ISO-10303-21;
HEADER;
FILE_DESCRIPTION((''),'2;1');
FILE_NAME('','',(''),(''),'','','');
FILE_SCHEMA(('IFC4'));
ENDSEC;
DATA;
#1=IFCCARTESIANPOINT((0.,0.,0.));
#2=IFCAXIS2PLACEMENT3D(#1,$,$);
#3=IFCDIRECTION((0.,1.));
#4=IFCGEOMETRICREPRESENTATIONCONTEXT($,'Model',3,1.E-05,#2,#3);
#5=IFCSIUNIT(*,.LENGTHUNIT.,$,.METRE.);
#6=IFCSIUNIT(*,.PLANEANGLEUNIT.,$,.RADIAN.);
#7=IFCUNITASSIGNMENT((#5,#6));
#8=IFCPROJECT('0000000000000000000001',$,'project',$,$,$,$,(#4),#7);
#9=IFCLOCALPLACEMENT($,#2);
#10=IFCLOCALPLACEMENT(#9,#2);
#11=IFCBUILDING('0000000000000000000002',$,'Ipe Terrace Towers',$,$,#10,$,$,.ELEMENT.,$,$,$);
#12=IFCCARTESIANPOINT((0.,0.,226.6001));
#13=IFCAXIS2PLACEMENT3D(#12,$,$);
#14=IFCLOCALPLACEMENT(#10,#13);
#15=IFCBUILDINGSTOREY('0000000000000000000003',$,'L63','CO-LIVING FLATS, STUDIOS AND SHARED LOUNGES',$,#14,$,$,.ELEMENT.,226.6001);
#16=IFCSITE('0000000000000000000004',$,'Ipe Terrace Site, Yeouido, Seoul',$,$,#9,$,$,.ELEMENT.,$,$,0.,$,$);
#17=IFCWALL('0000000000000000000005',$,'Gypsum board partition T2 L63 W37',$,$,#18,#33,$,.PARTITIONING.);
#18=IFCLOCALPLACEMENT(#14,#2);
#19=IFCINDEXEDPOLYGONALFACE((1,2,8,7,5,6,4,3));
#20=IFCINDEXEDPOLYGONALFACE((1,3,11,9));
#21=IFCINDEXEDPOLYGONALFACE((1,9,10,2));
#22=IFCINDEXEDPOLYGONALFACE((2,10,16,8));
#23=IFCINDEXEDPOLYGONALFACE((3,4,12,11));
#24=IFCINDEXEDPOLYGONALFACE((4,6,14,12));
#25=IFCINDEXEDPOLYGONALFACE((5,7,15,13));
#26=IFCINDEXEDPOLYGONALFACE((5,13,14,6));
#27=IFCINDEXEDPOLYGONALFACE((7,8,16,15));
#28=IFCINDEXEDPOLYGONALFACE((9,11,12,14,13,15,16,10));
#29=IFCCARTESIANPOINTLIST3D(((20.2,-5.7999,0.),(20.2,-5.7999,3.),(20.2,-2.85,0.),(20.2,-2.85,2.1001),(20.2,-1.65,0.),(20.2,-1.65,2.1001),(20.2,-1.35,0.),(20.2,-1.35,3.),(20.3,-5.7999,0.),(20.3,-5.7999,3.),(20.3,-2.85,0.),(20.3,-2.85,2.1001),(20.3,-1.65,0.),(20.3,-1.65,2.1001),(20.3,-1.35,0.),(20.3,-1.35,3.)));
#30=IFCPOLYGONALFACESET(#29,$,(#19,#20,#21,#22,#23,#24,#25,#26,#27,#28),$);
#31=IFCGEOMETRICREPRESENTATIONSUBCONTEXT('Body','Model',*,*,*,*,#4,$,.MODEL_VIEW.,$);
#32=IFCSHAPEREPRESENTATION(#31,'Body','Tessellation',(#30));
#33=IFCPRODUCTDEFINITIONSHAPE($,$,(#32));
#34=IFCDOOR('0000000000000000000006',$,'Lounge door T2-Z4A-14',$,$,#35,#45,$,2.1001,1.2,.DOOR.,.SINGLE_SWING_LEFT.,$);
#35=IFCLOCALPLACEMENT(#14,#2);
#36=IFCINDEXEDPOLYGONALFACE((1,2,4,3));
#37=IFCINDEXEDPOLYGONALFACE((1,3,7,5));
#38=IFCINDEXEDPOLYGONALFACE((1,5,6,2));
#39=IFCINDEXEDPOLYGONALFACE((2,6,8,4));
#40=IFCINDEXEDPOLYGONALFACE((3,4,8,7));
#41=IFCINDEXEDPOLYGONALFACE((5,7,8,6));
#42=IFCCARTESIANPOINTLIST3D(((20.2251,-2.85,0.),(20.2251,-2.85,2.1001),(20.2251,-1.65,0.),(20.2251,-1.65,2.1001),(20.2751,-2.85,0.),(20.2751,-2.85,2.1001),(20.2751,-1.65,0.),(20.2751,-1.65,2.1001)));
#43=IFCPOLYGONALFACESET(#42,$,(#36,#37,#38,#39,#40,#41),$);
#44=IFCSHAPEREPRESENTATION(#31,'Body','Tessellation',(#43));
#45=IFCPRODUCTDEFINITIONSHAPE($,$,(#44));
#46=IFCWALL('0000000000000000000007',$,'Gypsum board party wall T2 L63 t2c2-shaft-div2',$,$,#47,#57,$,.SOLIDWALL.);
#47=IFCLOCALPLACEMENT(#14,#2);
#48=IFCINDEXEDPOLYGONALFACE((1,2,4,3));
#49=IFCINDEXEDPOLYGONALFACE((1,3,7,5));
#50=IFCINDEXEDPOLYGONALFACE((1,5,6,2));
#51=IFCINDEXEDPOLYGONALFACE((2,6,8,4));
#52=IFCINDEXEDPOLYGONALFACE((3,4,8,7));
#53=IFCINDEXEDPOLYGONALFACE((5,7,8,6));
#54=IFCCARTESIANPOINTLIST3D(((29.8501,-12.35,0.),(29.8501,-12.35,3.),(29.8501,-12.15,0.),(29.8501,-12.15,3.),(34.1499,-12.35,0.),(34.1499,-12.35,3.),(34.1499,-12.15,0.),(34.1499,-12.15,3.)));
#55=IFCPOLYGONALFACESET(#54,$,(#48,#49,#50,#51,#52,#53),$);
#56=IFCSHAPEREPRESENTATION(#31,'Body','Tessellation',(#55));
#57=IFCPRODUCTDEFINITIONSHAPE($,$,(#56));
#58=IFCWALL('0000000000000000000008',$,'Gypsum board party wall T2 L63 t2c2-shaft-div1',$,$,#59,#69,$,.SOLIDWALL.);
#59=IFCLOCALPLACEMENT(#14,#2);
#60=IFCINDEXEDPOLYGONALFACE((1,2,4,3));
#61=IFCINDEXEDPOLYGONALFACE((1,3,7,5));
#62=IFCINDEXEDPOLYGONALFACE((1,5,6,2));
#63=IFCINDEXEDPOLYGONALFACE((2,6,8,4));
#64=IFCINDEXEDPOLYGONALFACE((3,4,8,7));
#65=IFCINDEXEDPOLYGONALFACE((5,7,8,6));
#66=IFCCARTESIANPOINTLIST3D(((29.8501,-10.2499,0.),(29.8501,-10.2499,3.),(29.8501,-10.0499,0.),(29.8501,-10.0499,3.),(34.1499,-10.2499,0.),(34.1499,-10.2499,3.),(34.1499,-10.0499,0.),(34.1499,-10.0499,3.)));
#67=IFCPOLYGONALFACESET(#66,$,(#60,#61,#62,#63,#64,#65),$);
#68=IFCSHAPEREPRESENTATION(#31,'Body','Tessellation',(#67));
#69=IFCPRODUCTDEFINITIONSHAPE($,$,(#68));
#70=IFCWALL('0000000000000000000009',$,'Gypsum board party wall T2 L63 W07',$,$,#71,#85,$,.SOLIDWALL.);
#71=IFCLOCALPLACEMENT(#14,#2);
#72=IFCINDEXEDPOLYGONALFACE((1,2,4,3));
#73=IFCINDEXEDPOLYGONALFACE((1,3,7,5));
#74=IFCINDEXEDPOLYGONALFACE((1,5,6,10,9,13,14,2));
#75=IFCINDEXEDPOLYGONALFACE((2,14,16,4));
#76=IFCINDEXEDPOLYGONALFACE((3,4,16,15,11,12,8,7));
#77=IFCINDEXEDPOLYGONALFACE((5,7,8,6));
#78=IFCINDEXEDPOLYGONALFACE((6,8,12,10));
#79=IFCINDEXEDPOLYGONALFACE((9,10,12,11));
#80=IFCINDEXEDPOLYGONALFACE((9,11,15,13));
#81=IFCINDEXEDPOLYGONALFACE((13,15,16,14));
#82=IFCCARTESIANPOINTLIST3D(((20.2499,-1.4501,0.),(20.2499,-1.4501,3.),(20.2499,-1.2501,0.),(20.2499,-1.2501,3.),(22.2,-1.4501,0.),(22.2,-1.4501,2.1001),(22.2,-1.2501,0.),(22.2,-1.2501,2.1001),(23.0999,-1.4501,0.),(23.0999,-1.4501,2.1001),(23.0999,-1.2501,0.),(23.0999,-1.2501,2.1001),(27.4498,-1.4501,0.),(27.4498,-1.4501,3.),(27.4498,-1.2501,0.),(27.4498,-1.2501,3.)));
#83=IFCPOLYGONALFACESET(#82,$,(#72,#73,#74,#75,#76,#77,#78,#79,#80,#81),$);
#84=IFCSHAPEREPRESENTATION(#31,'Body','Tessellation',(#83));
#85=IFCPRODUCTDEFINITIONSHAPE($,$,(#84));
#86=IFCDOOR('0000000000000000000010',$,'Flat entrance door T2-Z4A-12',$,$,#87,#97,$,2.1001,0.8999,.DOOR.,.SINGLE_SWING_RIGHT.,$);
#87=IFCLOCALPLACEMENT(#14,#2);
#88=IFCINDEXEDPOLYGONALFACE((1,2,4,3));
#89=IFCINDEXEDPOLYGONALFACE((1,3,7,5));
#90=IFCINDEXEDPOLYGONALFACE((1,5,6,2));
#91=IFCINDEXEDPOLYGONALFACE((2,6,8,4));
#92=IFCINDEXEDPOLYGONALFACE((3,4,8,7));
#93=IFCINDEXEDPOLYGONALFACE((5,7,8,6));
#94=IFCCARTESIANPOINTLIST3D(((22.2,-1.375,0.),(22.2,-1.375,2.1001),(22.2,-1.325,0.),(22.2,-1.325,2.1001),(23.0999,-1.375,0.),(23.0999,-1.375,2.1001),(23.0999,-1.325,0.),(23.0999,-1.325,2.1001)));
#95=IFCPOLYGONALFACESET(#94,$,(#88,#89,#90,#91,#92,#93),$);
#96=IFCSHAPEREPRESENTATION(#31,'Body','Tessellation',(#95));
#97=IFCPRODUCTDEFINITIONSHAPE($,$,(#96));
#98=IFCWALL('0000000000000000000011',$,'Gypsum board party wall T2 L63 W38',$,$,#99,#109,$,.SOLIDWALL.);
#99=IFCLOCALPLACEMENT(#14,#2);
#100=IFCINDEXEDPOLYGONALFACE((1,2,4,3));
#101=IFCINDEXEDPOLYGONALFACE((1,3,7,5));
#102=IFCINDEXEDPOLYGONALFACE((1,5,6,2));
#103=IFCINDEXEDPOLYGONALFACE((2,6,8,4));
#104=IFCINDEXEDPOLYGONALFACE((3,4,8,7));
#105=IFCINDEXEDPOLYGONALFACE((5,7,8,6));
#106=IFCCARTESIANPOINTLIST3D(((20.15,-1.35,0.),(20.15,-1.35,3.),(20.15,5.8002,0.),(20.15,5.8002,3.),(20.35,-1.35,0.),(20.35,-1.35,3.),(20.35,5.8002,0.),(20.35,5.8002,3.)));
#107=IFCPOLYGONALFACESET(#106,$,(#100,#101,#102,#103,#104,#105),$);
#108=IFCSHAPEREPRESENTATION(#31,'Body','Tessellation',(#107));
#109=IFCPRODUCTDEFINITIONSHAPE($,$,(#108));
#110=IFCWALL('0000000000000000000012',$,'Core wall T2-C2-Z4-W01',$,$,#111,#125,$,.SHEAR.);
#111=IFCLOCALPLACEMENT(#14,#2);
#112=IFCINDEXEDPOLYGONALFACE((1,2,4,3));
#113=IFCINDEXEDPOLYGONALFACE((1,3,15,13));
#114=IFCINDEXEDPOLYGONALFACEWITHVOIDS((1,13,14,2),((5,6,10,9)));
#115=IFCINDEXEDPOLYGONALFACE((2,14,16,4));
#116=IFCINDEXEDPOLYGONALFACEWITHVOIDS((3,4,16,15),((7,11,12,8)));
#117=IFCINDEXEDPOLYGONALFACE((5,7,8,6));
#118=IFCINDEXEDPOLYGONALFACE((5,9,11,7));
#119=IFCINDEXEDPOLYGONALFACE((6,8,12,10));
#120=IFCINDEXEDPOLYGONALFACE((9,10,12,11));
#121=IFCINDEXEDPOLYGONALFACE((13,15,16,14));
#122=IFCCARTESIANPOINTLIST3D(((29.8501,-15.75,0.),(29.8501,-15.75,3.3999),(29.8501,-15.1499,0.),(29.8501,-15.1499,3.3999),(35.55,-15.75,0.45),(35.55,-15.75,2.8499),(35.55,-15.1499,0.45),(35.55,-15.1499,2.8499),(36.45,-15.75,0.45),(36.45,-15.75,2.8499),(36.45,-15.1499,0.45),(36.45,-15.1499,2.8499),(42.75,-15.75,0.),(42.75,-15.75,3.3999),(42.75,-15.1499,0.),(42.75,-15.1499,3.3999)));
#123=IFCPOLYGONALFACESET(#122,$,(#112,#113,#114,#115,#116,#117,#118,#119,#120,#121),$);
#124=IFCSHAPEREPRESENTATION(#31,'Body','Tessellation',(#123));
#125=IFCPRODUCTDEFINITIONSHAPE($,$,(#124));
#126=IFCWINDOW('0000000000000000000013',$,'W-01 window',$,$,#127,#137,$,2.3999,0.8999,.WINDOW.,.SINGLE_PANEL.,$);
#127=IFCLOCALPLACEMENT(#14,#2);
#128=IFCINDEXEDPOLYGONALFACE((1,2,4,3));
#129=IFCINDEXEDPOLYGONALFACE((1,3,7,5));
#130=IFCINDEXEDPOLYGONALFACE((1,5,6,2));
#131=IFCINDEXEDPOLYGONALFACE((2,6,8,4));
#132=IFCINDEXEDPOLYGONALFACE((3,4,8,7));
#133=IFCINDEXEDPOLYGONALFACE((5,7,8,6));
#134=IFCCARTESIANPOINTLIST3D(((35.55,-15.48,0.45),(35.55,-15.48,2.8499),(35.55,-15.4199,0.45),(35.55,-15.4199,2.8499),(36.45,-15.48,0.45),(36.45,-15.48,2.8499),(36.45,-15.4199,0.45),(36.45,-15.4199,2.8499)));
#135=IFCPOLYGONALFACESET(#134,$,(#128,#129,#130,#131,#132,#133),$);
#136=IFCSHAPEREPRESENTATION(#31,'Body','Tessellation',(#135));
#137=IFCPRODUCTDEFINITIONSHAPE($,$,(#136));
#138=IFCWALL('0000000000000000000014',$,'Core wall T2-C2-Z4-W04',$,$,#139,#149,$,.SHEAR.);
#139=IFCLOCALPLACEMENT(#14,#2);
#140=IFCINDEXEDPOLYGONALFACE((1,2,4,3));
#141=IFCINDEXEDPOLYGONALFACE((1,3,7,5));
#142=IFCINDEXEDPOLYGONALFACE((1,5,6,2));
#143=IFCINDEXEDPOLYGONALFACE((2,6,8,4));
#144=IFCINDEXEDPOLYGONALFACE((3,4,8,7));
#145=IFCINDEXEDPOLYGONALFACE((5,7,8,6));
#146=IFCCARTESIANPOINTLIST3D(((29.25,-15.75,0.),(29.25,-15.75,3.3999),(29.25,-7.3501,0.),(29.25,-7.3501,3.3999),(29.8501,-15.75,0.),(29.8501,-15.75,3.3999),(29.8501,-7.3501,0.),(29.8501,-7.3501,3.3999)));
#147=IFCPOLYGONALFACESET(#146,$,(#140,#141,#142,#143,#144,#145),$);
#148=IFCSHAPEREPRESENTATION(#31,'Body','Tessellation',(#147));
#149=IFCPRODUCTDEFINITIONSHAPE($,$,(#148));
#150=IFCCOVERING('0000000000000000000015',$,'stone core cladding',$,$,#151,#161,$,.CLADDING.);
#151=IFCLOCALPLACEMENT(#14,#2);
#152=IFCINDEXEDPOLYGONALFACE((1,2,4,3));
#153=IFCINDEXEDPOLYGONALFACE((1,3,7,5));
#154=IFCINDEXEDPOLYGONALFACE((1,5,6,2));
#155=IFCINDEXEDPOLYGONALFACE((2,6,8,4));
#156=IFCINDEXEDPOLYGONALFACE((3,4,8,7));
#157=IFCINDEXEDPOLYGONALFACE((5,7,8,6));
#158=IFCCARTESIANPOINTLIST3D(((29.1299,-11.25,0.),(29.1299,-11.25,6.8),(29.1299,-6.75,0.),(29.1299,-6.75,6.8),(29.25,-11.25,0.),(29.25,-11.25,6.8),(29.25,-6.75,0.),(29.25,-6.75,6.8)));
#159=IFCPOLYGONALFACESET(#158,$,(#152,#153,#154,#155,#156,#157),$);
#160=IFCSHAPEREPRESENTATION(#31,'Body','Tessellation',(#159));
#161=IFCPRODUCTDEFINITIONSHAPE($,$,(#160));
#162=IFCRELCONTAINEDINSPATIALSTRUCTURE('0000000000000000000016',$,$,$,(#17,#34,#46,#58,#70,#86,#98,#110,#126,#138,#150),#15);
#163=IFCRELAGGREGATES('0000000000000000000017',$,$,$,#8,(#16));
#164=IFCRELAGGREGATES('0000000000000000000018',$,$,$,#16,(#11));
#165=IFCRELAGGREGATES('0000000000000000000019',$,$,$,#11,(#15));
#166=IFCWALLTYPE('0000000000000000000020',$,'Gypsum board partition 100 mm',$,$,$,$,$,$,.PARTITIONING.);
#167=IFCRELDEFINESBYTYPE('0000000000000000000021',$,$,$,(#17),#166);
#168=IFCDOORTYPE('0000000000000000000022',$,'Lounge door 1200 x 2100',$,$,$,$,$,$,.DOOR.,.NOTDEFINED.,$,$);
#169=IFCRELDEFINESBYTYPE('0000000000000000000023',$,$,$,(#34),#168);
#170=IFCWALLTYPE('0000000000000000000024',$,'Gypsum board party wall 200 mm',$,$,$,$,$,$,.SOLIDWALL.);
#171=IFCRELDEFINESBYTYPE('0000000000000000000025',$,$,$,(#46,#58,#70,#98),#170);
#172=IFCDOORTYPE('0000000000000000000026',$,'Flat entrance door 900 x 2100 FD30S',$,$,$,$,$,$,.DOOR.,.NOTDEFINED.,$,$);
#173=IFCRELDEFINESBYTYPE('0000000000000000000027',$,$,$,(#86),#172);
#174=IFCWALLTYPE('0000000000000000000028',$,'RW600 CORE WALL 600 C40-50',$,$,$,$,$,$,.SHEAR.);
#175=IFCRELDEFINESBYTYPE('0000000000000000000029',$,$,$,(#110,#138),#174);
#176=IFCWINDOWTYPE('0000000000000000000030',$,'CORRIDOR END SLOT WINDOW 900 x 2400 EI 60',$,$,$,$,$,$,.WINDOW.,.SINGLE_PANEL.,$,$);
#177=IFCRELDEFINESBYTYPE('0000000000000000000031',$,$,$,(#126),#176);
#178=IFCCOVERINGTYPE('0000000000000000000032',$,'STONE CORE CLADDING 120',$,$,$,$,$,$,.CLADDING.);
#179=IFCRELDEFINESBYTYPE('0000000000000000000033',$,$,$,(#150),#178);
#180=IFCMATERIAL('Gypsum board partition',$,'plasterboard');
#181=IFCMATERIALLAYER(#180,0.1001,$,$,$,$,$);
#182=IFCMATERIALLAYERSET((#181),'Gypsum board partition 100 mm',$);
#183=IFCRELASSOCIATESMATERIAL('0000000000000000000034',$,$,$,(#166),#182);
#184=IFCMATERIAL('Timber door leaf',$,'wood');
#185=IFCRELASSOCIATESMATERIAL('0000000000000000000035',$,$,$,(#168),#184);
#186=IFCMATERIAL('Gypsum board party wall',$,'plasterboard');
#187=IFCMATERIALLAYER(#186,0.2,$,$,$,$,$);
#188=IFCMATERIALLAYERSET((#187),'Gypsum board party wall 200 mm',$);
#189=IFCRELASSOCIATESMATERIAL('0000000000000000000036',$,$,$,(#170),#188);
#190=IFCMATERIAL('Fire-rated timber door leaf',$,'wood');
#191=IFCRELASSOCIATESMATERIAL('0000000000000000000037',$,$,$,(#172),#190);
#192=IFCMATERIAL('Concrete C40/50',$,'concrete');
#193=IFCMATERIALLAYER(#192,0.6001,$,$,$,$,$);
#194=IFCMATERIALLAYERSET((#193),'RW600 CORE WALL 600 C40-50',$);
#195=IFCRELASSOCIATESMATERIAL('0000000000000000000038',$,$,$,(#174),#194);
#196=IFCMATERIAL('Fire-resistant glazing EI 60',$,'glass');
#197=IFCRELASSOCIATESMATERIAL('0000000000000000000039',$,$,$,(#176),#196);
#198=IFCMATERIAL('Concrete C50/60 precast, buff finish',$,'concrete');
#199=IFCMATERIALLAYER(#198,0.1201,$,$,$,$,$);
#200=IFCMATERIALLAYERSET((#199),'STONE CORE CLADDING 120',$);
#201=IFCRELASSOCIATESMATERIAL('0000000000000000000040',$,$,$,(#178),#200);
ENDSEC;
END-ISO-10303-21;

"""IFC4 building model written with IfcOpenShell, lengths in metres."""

from ifc_helpers import new_model, si_unit, direction, frame, frame_2d, origin, origin_2d, place, context, subcontext, project, spatial, rectangle, extrude, material, layer, layer_set, type_object, element, fill, save


model = new_model("IFC4")

# Units and contexts
model_context = context("Model", 3, precision=1e-05, world=origin(), true_north=direction((0.0, 1.0)))
body_context = subcontext(model_context, "Body", "Model", "MODEL_VIEW")
ifc_project = project(units=[si_unit("LENGTHUNIT", "METRE"), si_unit("PLANEANGLEUNIT", "RADIAN")], contexts=[model_context])

# Site, building, storey
site_placement = place(None, origin())
site = spatial("IfcSite", under=ifc_project, at=site_placement, Name="Ipe Terrace Site, Yeouido, Seoul", CompositionType="ELEMENT", RefElevation=0.0)
building_placement = place(site_placement, origin())
building = spatial("IfcBuilding", under=site, at=building_placement, Name="Ipe Terrace Towers", CompositionType="ELEMENT")
storey_placement = place(building_placement, frame((0.0, 0.0, 226.6001)))
storey = spatial("IfcBuildingStorey", under=building, at=storey_placement, Name="L63", Description="CO-LIVING FLATS, STUDIOS AND SHARED LOUNGES", CompositionType="ELEMENT", Elevation=226.6001)

# Shared definitions
ifc_material_1 = material(Name="Gypsum board partition", Category="plasterboard")
ifc_layer_1 = layer(ifc_material_1, 0.1001)
ifc_layer_set_1 = layer_set([ifc_layer_1], Name="Gypsum board partition 100 mm")
wall_type_1 = type_object("IfcWallType", Name="Gypsum board partition 100 mm", PredefinedType="PARTITIONING", material=ifc_layer_set_1)

# Wall, opening, door
wall_1_placement = place(storey_placement, frame((20.25, -5.8, 0.0), z_axis=(0.0, 0.0, 1.0), x_axis=(0.0, 1.0, 0.0)))
wall_1 = element("IfcWall", 1, at=wall_1_placement, inside=storey, type_object=wall_type_1, Name="Gypsum board partition T2 L63 W37", PredefinedType="PARTITIONING", context=body_context, shape_type="SweptSolid", body=[
    extrude(rectangle(XDim=4.45, YDim=0.1001, at=frame_2d((2.2251, 0.0))), origin(), (0.0, 0.0, 1.0), 3.0),
])
opening_1_placement = place(wall_1_placement, frame((2.95, 0.0, 0.0)))
opening_1 = element("IfcOpeningElement", 2, at=opening_1_placement, cuts=wall_1, PredefinedType="OPENING", context=body_context, shape_type="SweptSolid", body=[
    extrude(rectangle(XDim=1.2, YDim=2.1001, at=frame_2d((0.6001, 1.05))), frame((0.0, 0.0601, 0.0), z_axis=(0.0, -1.0, 0.0), x_axis=(1.0, 0.0, 0.0)), (0.0, 0.0, 1.0), 0.1201),
])
ifc_material_2 = material(Name="Timber door leaf", Category="wood")
door_type_1 = type_object("IfcDoorType", Name="Lounge door 1200 x 2100", OperationType="NOTDEFINED", PredefinedType="DOOR", material=ifc_material_2)
door_1_placement = place(opening_1_placement, origin())
door_1 = element("IfcDoor", 3, at=door_1_placement, inside=storey, type_object=door_type_1, Name="Lounge door T2-Z4A-14", OperationType="SINGLE_SWING_LEFT", OverallHeight=2.1001, OverallWidth=1.2, PredefinedType="DOOR", context=body_context, shape_type="SweptSolid", body=[
    extrude(rectangle(XDim=1.2, YDim=2.1001, at=frame_2d((0.6001, 1.05))), frame((0.0, 0.0249, 0.0), z_axis=(0.0, -1.0, 0.0), x_axis=(1.0, 0.0, 0.0)), (0.0, 0.0, 1.0), 0.05),
])
fill(opening_1, door_1)

# Walls
ifc_material_3 = material(Name="Gypsum board party wall", Category="plasterboard")
ifc_layer_2 = layer(ifc_material_3, 0.2)
ifc_layer_set_2 = layer_set([ifc_layer_2], Name="Gypsum board party wall 200 mm")
wall_type_2 = type_object("IfcWallType", Name="Gypsum board party wall 200 mm", PredefinedType="SOLIDWALL", material=ifc_layer_set_2)
for number, where, z_axis, x_axis, name in (
    (4, (29.8501, -12.25, 0.0), (0.0, 0.0, 1.0), (1.0, 0.0, 0.0), "Gypsum board party wall T2 L63 t2c2-shaft-div2"),
    (5, (29.8501, -10.1499, 0.0), (0.0, 0.0, 1.0), (1.0, 0.0, 0.0), "Gypsum board party wall T2 L63 t2c2-shaft-div1"),
):
    element("IfcWall", number, at=place(storey_placement, frame(where, z_axis=z_axis, x_axis=x_axis)), inside=storey, type_object=wall_type_2, Name=name, PredefinedType="SOLIDWALL", context=body_context, shape_type="SweptSolid", body=[
        extrude(rectangle(XDim=4.2998, YDim=0.2, at=frame_2d((2.1499, 0.0))), origin(), (0.0, 0.0, 1.0), 3.0),
    ])

# Wall, opening, door
wall_2_placement = place(storey_placement, frame((27.45, -1.3501, 0.0), z_axis=(0.0, 0.0, 1.0), x_axis=(-1.0, 0.0, 0.0)))
wall_2 = element("IfcWall", 6, at=wall_2_placement, inside=storey, type_object=wall_type_2, Name="Gypsum board party wall T2 L63 W07", PredefinedType="SOLIDWALL", context=body_context, shape_type="SweptSolid", body=[
    extrude(rectangle(XDim=7.2, YDim=0.2, at=frame_2d((3.6001, 0.0))), origin(), (0.0, 0.0, 1.0), 3.0),
])
opening_2_placement = place(wall_2_placement, frame((4.3501, 0.0, 0.0)))
opening_2 = element("IfcOpeningElement", 7, at=opening_2_placement, cuts=wall_2, PredefinedType="OPENING", context=body_context, shape_type="SweptSolid", body=[
    extrude(rectangle(XDim=0.8999, YDim=2.1001, at=frame_2d((0.45, 1.05))), frame((0.0, 0.1099, 0.0), z_axis=(0.0, -1.0, 0.0), x_axis=(1.0, 0.0, 0.0)), (0.0, 0.0, 1.0), 0.22),
])
ifc_material_4 = material(Name="Fire-rated timber door leaf", Category="wood")
door_type_2 = type_object("IfcDoorType", Name="Flat entrance door 900 x 2100 FD30S", OperationType="NOTDEFINED", PredefinedType="DOOR", material=ifc_material_4)
door_2_placement = place(opening_2_placement, origin())
door_2 = element("IfcDoor", 8, at=door_2_placement, inside=storey, type_object=door_type_2, Name="Flat entrance door T2-Z4A-12", OperationType="SINGLE_SWING_RIGHT", OverallHeight=2.1001, OverallWidth=0.8999, PredefinedType="DOOR", context=body_context, shape_type="SweptSolid", body=[
    extrude(rectangle(XDim=0.8999, YDim=2.1001, at=frame_2d((0.45, 1.05))), frame((0.0, 0.0249, 0.0), z_axis=(0.0, -1.0, 0.0), x_axis=(1.0, 0.0, 0.0)), (0.0, 0.0, 1.0), 0.05),
])
fill(opening_2, door_2)

# Wall
wall_3_placement = place(storey_placement, frame((20.25, -1.3501, 0.0), z_axis=(0.0, 0.0, 1.0), x_axis=(0.0, 1.0, 0.0)))
element("IfcWall", 9, at=wall_3_placement, inside=storey, type_object=wall_type_2, Name="Gypsum board party wall T2 L63 W38", PredefinedType="SOLIDWALL", context=body_context, shape_type="SweptSolid", body=[
    extrude(rectangle(XDim=7.1501, YDim=0.2, at=frame_2d((3.5752, 0.0))), origin(), (0.0, 0.0, 1.0), 3.0),
])

# Wall, opening, window
ifc_material_5 = material(Name="Concrete C40/50", Category="concrete")
ifc_layer_3 = layer(ifc_material_5, 0.6001)
ifc_layer_set_3 = layer_set([ifc_layer_3], Name="RW600 CORE WALL 600 C40-50")
wall_type_3 = type_object("IfcWallType", Name="RW600 CORE WALL 600 C40-50", PredefinedType="SHEAR", material=ifc_layer_set_3)
wall_4_placement = place(storey_placement, frame((29.8501, -15.45, 0.0), z_axis=(0.0, 0.0, 1.0), x_axis=(1.0, 0.0, 0.0)))
wall_4 = element("IfcWall", 10, at=wall_4_placement, inside=storey, type_object=wall_type_3, Name="Core wall T2-C2-Z4-W01", PredefinedType="SHEAR", context=body_context, shape_type="SweptSolid", body=[
    extrude(rectangle(XDim=12.8999, YDim=0.6001, at=frame_2d((6.45, 0.0))), origin(), (0.0, 0.0, 1.0), 3.3999),
])
opening_3_placement = place(wall_4_placement, frame((5.7, 0.0, 0.45)))
opening_3 = element("IfcOpeningElement", 11, at=opening_3_placement, cuts=wall_4, PredefinedType="OPENING", context=body_context, shape_type="SweptSolid", body=[
    extrude(rectangle(XDim=0.8999, YDim=2.3999, at=frame_2d((0.45, 1.2))), frame((0.0, 0.3101, 0.0), z_axis=(0.0, -1.0, 0.0), x_axis=(1.0, 0.0, 0.0)), (0.0, 0.0, 1.0), 0.6201),
])
ifc_material_6 = material(Name="Fire-resistant glazing EI 60", Category="glass")
window_type = type_object("IfcWindowType", Name="CORRIDOR END SLOT WINDOW 900 x 2400 EI 60", PartitioningType="SINGLE_PANEL", PredefinedType="WINDOW", material=ifc_material_6)
window_placement = place(opening_3_placement, origin())
window = element("IfcWindow", 12, at=window_placement, inside=storey, type_object=window_type, Name="W-01 window", OverallHeight=2.3999, OverallWidth=0.8999, PartitioningType="SINGLE_PANEL", PredefinedType="WINDOW", context=body_context, shape_type="SweptSolid", body=[
    extrude(rectangle(XDim=0.8999, YDim=2.3999, at=frame_2d((0.45, 1.2))), frame((0.0, 0.03, 0.0), z_axis=(0.0, -1.0, 0.0), x_axis=(1.0, 0.0, 0.0)), (0.0, 0.0, 1.0), 0.0601),
])
fill(opening_3, window)

# Wall
wall_5_placement = place(storey_placement, frame((29.55, -7.3501, 0.0), z_axis=(0.0, 0.0, 1.0), x_axis=(0.0, -1.0, 0.0)))
element("IfcWall", 13, at=wall_5_placement, inside=storey, type_object=wall_type_3, Name="Core wall T2-C2-Z4-W04", PredefinedType="SHEAR", context=body_context, shape_type="SweptSolid", body=[
    extrude(rectangle(XDim=8.3999, YDim=0.6001, at=frame_2d((4.2, 0.0))), origin(), (0.0, 0.0, 1.0), 3.3999),
])

# Covering
ifc_material_7 = material(Name="Concrete C50/60 precast, buff finish", Category="concrete")
ifc_layer_4 = layer(ifc_material_7, 0.1201)
ifc_layer_set_4 = layer_set([ifc_layer_4], Name="STONE CORE CLADDING 120")
covering_type = type_object("IfcCoveringType", Name="STONE CORE CLADDING 120", PredefinedType="CLADDING", material=ifc_layer_set_4)
covering_placement = place(storey_placement, frame((29.1899, -9.0, 0.0), z_axis=(0.0, 0.0, 1.0), x_axis=(0.0, -1.0, 0.0)))
element("IfcCovering", 14, at=covering_placement, inside=storey, type_object=covering_type, Name="stone core cladding", PredefinedType="CLADDING", context=body_context, shape_type="SweptSolid", body=[
    extrude(rectangle(XDim=4.5, YDim=0.1201, at=origin_2d()), origin(), (0.0, 0.0, 1.0), 6.8),
])

save(model, "model.ifc")
